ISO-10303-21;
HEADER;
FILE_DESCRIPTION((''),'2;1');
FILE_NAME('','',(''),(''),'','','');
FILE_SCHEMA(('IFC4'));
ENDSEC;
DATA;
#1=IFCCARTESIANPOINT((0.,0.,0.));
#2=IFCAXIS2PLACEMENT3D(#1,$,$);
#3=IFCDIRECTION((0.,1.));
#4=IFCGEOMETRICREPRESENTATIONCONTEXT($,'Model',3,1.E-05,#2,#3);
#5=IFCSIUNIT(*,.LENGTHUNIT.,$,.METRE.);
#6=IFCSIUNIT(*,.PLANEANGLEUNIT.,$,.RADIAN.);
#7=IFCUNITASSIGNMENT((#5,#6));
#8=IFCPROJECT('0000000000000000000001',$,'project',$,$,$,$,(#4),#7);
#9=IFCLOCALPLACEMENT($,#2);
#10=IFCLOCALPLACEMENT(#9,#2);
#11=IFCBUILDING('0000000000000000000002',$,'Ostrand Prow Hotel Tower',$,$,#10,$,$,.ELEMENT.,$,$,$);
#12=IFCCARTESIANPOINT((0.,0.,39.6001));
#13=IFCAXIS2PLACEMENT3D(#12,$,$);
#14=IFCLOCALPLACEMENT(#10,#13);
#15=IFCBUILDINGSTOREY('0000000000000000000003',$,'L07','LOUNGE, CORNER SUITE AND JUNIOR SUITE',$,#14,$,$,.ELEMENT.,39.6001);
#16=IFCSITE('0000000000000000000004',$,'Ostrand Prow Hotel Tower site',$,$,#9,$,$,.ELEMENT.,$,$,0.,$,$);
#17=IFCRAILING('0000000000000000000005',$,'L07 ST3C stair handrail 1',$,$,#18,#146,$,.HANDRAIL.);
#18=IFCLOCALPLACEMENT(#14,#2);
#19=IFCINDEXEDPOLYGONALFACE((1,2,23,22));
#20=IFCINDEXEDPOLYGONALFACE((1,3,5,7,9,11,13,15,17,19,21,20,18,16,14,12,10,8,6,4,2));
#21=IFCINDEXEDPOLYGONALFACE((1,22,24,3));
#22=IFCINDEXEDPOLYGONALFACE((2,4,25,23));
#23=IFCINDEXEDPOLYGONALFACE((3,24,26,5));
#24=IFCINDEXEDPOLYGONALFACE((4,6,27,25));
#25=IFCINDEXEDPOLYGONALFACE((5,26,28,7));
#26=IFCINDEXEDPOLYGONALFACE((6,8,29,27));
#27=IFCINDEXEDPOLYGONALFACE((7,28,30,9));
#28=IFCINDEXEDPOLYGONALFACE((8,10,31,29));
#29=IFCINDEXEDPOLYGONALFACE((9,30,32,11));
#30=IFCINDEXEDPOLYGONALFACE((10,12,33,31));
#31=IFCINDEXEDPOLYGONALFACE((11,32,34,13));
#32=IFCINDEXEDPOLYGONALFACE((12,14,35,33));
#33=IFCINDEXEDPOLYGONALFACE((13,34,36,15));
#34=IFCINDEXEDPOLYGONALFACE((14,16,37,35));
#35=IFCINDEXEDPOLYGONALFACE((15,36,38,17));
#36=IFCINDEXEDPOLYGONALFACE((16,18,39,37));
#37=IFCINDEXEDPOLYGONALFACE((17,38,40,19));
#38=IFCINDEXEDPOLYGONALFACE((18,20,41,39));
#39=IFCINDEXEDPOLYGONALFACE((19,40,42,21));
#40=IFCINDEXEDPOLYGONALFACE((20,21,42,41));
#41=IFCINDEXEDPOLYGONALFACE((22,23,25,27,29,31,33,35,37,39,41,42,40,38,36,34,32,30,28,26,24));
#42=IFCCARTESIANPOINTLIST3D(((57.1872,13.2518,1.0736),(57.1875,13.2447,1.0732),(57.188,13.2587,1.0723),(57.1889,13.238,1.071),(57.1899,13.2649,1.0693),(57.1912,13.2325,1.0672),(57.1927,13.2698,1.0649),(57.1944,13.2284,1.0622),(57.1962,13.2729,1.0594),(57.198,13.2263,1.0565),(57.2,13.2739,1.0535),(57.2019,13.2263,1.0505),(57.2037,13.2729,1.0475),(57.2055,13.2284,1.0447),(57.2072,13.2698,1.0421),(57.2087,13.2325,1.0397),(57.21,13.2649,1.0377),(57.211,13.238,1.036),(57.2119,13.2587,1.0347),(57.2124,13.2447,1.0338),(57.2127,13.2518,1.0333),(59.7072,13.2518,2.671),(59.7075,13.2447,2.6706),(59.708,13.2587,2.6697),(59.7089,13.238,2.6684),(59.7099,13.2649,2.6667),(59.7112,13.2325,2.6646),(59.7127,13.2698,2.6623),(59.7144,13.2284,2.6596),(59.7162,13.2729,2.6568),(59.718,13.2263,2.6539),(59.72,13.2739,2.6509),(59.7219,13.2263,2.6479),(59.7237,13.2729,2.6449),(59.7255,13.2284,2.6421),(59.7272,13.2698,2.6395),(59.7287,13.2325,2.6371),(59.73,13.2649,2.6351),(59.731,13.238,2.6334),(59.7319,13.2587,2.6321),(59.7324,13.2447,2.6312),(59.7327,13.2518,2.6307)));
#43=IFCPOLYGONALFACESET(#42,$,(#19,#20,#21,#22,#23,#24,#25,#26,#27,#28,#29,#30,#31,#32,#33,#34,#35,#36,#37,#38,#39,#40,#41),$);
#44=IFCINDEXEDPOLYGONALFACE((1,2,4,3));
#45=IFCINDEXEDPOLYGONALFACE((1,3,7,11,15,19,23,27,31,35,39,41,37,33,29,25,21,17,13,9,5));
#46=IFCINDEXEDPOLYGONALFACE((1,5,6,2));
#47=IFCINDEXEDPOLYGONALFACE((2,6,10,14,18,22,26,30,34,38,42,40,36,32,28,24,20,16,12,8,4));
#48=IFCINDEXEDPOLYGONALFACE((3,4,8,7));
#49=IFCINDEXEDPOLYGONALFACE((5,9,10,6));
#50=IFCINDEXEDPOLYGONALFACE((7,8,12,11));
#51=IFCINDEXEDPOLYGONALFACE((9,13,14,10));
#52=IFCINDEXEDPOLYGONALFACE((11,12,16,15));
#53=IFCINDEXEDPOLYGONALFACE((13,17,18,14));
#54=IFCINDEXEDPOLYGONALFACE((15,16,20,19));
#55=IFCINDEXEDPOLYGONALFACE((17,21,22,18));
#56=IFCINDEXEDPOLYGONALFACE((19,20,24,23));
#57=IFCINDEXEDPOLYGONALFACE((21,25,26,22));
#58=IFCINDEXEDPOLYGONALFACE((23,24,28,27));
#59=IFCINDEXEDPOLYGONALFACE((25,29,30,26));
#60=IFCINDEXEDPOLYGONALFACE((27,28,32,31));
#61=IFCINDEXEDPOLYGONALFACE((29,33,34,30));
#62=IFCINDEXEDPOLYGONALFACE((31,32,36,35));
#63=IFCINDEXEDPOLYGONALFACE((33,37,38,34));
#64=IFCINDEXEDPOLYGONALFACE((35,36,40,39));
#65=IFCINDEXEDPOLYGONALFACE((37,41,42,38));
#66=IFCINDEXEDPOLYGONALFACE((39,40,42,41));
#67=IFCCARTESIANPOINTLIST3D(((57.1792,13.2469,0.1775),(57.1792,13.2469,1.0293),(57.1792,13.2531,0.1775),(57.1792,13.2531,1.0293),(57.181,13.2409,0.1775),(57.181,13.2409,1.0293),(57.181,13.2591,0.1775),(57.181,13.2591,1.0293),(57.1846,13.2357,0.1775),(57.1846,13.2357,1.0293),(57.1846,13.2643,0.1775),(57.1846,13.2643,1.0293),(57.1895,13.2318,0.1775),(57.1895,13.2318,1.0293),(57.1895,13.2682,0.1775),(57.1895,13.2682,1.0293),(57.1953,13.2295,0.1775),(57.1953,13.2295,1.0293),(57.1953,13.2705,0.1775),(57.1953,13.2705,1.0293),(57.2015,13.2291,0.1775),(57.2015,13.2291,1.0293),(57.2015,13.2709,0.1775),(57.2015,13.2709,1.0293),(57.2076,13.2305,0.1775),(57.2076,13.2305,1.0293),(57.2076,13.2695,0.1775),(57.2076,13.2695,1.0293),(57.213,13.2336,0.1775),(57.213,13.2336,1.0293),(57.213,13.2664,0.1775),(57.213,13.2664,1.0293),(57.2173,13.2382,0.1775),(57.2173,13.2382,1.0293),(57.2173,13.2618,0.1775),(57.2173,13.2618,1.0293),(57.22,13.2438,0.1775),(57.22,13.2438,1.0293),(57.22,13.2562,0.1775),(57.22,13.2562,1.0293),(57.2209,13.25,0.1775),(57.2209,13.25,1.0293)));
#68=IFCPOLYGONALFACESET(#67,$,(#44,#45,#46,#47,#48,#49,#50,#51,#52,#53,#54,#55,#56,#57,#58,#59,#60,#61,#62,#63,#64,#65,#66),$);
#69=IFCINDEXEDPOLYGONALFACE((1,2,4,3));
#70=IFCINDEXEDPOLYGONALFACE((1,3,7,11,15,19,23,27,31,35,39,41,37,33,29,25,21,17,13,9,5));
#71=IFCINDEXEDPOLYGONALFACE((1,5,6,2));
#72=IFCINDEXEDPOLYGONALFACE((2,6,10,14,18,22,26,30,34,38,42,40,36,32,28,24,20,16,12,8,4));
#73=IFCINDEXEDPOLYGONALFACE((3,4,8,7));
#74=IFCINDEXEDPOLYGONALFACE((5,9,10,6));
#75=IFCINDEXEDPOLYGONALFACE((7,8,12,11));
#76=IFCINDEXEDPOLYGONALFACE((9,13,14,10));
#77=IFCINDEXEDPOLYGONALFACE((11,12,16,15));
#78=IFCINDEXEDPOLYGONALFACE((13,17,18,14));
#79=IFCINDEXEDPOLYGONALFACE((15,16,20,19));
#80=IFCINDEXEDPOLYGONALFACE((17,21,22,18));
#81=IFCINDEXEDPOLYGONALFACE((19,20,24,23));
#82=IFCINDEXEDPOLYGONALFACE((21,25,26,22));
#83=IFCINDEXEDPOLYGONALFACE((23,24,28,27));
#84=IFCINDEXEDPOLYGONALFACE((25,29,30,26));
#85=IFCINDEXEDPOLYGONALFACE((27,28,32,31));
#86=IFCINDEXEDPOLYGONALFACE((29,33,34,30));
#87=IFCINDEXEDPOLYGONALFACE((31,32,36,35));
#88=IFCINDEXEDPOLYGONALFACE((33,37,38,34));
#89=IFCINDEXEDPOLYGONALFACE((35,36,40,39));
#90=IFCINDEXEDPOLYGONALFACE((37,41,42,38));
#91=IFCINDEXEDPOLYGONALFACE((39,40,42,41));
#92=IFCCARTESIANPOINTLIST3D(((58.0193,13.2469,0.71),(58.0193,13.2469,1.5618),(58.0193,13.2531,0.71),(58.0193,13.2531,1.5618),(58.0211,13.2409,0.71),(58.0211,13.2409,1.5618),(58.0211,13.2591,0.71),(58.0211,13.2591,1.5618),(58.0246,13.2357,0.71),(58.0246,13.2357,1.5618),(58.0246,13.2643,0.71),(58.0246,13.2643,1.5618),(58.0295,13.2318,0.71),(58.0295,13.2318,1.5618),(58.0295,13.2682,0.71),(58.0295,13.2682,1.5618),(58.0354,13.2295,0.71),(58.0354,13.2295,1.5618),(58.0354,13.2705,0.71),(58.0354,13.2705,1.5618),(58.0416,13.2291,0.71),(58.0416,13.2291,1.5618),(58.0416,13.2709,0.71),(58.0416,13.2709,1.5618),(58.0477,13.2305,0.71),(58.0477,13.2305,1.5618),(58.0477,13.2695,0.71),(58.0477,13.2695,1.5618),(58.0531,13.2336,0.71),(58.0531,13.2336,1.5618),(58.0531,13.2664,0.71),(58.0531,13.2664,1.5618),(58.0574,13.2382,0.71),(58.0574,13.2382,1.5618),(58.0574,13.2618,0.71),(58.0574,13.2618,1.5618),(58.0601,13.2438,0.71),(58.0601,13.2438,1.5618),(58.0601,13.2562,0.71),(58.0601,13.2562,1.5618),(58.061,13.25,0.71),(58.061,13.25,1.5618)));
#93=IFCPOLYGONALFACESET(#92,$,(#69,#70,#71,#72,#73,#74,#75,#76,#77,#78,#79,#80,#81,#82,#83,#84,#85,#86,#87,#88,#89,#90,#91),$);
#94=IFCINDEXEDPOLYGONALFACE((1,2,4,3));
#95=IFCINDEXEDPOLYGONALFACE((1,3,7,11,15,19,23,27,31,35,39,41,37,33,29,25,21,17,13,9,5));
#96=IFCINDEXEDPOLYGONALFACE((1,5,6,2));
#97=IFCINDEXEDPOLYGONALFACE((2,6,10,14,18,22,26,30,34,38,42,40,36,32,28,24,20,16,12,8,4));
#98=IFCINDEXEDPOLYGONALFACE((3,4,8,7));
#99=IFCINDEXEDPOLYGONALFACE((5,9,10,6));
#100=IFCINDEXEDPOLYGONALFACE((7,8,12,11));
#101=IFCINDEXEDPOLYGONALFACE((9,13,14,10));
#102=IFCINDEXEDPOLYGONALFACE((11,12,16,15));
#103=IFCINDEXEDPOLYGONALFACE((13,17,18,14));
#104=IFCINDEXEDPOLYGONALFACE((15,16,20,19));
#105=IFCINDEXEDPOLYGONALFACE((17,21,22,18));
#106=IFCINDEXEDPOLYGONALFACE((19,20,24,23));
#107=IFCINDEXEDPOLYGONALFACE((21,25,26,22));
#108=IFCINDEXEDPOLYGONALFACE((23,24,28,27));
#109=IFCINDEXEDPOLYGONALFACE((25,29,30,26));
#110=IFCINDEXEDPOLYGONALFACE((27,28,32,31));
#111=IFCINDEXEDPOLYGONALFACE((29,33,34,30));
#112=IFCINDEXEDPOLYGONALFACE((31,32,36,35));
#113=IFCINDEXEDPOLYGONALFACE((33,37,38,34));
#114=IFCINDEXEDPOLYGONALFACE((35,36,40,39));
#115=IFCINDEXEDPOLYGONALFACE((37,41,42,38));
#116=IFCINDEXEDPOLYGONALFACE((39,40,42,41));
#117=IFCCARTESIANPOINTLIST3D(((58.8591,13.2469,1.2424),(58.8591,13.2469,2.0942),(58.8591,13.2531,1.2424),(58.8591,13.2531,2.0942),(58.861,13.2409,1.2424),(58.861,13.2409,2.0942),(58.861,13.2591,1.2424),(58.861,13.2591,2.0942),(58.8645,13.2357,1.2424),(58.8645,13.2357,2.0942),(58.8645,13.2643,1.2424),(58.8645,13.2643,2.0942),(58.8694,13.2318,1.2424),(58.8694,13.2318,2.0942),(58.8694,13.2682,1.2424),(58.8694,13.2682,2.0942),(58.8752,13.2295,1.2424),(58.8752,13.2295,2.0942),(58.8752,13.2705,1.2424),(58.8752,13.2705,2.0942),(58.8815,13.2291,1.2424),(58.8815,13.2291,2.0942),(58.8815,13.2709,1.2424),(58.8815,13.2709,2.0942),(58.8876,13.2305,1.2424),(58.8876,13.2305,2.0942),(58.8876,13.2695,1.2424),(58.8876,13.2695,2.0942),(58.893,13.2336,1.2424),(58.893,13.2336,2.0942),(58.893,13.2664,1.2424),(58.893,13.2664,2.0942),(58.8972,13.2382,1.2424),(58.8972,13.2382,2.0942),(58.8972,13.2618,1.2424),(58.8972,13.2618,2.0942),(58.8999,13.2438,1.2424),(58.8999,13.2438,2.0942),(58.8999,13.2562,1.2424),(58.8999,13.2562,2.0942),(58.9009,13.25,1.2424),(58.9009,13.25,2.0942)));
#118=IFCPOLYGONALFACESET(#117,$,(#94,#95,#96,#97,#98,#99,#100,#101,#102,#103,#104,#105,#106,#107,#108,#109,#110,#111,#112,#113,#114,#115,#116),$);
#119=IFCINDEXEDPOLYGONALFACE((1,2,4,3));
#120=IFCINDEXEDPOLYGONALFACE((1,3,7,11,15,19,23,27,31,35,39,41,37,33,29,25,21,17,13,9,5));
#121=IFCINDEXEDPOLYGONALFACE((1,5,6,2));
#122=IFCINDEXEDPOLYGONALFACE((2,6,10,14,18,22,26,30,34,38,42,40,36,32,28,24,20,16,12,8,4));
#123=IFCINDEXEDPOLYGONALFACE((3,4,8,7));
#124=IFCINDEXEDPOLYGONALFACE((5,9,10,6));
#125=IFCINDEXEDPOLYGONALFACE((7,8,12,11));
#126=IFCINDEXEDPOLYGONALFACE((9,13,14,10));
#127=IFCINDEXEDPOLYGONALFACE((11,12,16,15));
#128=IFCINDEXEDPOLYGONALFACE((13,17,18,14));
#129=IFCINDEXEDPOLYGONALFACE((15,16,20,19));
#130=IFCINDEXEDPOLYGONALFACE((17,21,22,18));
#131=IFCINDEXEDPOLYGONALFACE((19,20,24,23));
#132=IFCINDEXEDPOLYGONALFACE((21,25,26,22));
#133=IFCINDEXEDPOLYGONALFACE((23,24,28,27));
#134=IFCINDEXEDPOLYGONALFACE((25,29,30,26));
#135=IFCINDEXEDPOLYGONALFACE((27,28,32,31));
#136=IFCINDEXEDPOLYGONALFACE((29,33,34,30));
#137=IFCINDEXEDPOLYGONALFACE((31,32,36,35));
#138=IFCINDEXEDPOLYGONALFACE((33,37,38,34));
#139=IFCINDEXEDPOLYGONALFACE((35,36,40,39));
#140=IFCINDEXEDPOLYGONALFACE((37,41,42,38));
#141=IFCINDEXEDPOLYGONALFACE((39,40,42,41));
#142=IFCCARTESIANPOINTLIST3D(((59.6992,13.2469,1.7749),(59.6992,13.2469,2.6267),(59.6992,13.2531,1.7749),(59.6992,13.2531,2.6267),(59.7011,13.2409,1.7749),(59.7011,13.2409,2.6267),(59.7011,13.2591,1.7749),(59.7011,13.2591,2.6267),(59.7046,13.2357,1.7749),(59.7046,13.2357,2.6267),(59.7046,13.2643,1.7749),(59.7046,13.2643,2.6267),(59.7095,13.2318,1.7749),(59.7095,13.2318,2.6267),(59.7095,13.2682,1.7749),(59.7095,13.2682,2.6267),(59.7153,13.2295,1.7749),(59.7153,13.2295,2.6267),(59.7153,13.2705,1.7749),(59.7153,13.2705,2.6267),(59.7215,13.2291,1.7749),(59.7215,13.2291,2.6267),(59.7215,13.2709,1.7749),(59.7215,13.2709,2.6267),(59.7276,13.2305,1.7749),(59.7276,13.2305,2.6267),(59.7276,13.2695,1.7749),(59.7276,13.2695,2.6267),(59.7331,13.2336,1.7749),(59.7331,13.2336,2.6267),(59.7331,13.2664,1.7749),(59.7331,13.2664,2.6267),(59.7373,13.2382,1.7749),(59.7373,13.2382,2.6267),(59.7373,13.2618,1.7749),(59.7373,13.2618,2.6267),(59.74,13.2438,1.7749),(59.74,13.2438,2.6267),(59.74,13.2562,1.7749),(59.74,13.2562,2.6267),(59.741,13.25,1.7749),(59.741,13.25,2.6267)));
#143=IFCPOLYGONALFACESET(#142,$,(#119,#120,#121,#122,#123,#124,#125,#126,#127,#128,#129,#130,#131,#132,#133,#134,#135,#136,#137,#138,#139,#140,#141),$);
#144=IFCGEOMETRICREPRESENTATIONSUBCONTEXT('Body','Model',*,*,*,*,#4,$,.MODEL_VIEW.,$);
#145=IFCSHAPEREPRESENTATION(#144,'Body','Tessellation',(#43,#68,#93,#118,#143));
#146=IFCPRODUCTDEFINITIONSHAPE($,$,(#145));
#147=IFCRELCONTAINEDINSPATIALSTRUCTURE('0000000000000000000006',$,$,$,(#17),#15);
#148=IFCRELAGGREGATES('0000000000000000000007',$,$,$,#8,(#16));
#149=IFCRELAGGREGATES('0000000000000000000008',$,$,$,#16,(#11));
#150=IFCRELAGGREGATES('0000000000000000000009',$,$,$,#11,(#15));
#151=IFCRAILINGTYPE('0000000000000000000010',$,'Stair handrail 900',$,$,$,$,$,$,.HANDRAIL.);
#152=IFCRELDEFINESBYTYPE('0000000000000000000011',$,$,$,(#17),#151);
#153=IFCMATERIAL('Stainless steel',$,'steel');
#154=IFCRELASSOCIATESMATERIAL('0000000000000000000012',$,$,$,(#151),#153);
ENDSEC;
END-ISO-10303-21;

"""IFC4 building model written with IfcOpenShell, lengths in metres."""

from ifc_helpers import new_model, si_unit, direction, frame, origin, origin_2d, place, context, subcontext, project, spatial, circle, extrude, material, type_object, element, save


model = new_model("IFC4")

# Units and contexts
model_context = context("Model", 3, precision=1e-05, world=origin(), true_north=direction((0.0, 1.0)))
body_context = subcontext(model_context, "Body", "Model", "MODEL_VIEW")
ifc_project = project(units=[si_unit("LENGTHUNIT", "METRE"), si_unit("PLANEANGLEUNIT", "RADIAN")], contexts=[model_context])

# Site, building, storey
site_placement = place(None, origin())
site = spatial("IfcSite", under=ifc_project, at=site_placement, Name="Ostrand Prow Hotel Tower site", CompositionType="ELEMENT", RefElevation=0.0)
building_placement = place(site_placement, origin())
building = spatial("IfcBuilding", under=site, at=building_placement, Name="Ostrand Prow Hotel Tower", CompositionType="ELEMENT")
storey_placement = place(building_placement, frame((0.0, 0.0, 39.6001)))
storey = spatial("IfcBuildingStorey", under=building, at=storey_placement, Name="L07", Description="LOUNGE, CORNER SUITE AND JUNIOR SUITE", CompositionType="ELEMENT", Elevation=39.6001)

# Railing
ifc_material_1 = material(Name="Stainless steel", Category="steel")
railing_type_1 = type_object("IfcRailingType", Name="Stair handrail 900", PredefinedType="HANDRAIL", material=ifc_material_1)
railing_1_placement = place(storey_placement, frame((57.2, 13.25, 0.1775)))
element("IfcRailing", 1, at=railing_1_placement, inside=storey, type_object=railing_type_1, Name="L07 ST3C stair handrail 1", PredefinedType="HANDRAIL", context=body_context, shape_type="SweptSolid", body=[
    extrude(circle(Radius=0.0239, at=origin_2d()), frame((0.0, 0.0, 0.876), z_axis=(0.844607, 0.0, 0.535387), x_axis=(0.0, 1.0, 0.0)), (0.0, 0.0, 1.0), 2.9836),
    extrude(circle(Radius=0.021, at=origin_2d()), origin(), (0.0, 0.0, 1.0), 0.8518),
    extrude(circle(Radius=0.021, at=origin_2d()), frame((0.8401, 0.0, 0.5325)), (0.0, 0.0, 1.0), 0.8518),
    extrude(circle(Radius=0.021, at=origin_2d()), frame((1.6799, 0.0, 1.0649)), (0.0, 0.0, 1.0), 0.8518),
    extrude(circle(Radius=0.021, at=origin_2d()), frame((2.52, 0.0, 1.5974)), (0.0, 0.0, 1.0), 0.8518),
])

save(model, "model.ifc")
